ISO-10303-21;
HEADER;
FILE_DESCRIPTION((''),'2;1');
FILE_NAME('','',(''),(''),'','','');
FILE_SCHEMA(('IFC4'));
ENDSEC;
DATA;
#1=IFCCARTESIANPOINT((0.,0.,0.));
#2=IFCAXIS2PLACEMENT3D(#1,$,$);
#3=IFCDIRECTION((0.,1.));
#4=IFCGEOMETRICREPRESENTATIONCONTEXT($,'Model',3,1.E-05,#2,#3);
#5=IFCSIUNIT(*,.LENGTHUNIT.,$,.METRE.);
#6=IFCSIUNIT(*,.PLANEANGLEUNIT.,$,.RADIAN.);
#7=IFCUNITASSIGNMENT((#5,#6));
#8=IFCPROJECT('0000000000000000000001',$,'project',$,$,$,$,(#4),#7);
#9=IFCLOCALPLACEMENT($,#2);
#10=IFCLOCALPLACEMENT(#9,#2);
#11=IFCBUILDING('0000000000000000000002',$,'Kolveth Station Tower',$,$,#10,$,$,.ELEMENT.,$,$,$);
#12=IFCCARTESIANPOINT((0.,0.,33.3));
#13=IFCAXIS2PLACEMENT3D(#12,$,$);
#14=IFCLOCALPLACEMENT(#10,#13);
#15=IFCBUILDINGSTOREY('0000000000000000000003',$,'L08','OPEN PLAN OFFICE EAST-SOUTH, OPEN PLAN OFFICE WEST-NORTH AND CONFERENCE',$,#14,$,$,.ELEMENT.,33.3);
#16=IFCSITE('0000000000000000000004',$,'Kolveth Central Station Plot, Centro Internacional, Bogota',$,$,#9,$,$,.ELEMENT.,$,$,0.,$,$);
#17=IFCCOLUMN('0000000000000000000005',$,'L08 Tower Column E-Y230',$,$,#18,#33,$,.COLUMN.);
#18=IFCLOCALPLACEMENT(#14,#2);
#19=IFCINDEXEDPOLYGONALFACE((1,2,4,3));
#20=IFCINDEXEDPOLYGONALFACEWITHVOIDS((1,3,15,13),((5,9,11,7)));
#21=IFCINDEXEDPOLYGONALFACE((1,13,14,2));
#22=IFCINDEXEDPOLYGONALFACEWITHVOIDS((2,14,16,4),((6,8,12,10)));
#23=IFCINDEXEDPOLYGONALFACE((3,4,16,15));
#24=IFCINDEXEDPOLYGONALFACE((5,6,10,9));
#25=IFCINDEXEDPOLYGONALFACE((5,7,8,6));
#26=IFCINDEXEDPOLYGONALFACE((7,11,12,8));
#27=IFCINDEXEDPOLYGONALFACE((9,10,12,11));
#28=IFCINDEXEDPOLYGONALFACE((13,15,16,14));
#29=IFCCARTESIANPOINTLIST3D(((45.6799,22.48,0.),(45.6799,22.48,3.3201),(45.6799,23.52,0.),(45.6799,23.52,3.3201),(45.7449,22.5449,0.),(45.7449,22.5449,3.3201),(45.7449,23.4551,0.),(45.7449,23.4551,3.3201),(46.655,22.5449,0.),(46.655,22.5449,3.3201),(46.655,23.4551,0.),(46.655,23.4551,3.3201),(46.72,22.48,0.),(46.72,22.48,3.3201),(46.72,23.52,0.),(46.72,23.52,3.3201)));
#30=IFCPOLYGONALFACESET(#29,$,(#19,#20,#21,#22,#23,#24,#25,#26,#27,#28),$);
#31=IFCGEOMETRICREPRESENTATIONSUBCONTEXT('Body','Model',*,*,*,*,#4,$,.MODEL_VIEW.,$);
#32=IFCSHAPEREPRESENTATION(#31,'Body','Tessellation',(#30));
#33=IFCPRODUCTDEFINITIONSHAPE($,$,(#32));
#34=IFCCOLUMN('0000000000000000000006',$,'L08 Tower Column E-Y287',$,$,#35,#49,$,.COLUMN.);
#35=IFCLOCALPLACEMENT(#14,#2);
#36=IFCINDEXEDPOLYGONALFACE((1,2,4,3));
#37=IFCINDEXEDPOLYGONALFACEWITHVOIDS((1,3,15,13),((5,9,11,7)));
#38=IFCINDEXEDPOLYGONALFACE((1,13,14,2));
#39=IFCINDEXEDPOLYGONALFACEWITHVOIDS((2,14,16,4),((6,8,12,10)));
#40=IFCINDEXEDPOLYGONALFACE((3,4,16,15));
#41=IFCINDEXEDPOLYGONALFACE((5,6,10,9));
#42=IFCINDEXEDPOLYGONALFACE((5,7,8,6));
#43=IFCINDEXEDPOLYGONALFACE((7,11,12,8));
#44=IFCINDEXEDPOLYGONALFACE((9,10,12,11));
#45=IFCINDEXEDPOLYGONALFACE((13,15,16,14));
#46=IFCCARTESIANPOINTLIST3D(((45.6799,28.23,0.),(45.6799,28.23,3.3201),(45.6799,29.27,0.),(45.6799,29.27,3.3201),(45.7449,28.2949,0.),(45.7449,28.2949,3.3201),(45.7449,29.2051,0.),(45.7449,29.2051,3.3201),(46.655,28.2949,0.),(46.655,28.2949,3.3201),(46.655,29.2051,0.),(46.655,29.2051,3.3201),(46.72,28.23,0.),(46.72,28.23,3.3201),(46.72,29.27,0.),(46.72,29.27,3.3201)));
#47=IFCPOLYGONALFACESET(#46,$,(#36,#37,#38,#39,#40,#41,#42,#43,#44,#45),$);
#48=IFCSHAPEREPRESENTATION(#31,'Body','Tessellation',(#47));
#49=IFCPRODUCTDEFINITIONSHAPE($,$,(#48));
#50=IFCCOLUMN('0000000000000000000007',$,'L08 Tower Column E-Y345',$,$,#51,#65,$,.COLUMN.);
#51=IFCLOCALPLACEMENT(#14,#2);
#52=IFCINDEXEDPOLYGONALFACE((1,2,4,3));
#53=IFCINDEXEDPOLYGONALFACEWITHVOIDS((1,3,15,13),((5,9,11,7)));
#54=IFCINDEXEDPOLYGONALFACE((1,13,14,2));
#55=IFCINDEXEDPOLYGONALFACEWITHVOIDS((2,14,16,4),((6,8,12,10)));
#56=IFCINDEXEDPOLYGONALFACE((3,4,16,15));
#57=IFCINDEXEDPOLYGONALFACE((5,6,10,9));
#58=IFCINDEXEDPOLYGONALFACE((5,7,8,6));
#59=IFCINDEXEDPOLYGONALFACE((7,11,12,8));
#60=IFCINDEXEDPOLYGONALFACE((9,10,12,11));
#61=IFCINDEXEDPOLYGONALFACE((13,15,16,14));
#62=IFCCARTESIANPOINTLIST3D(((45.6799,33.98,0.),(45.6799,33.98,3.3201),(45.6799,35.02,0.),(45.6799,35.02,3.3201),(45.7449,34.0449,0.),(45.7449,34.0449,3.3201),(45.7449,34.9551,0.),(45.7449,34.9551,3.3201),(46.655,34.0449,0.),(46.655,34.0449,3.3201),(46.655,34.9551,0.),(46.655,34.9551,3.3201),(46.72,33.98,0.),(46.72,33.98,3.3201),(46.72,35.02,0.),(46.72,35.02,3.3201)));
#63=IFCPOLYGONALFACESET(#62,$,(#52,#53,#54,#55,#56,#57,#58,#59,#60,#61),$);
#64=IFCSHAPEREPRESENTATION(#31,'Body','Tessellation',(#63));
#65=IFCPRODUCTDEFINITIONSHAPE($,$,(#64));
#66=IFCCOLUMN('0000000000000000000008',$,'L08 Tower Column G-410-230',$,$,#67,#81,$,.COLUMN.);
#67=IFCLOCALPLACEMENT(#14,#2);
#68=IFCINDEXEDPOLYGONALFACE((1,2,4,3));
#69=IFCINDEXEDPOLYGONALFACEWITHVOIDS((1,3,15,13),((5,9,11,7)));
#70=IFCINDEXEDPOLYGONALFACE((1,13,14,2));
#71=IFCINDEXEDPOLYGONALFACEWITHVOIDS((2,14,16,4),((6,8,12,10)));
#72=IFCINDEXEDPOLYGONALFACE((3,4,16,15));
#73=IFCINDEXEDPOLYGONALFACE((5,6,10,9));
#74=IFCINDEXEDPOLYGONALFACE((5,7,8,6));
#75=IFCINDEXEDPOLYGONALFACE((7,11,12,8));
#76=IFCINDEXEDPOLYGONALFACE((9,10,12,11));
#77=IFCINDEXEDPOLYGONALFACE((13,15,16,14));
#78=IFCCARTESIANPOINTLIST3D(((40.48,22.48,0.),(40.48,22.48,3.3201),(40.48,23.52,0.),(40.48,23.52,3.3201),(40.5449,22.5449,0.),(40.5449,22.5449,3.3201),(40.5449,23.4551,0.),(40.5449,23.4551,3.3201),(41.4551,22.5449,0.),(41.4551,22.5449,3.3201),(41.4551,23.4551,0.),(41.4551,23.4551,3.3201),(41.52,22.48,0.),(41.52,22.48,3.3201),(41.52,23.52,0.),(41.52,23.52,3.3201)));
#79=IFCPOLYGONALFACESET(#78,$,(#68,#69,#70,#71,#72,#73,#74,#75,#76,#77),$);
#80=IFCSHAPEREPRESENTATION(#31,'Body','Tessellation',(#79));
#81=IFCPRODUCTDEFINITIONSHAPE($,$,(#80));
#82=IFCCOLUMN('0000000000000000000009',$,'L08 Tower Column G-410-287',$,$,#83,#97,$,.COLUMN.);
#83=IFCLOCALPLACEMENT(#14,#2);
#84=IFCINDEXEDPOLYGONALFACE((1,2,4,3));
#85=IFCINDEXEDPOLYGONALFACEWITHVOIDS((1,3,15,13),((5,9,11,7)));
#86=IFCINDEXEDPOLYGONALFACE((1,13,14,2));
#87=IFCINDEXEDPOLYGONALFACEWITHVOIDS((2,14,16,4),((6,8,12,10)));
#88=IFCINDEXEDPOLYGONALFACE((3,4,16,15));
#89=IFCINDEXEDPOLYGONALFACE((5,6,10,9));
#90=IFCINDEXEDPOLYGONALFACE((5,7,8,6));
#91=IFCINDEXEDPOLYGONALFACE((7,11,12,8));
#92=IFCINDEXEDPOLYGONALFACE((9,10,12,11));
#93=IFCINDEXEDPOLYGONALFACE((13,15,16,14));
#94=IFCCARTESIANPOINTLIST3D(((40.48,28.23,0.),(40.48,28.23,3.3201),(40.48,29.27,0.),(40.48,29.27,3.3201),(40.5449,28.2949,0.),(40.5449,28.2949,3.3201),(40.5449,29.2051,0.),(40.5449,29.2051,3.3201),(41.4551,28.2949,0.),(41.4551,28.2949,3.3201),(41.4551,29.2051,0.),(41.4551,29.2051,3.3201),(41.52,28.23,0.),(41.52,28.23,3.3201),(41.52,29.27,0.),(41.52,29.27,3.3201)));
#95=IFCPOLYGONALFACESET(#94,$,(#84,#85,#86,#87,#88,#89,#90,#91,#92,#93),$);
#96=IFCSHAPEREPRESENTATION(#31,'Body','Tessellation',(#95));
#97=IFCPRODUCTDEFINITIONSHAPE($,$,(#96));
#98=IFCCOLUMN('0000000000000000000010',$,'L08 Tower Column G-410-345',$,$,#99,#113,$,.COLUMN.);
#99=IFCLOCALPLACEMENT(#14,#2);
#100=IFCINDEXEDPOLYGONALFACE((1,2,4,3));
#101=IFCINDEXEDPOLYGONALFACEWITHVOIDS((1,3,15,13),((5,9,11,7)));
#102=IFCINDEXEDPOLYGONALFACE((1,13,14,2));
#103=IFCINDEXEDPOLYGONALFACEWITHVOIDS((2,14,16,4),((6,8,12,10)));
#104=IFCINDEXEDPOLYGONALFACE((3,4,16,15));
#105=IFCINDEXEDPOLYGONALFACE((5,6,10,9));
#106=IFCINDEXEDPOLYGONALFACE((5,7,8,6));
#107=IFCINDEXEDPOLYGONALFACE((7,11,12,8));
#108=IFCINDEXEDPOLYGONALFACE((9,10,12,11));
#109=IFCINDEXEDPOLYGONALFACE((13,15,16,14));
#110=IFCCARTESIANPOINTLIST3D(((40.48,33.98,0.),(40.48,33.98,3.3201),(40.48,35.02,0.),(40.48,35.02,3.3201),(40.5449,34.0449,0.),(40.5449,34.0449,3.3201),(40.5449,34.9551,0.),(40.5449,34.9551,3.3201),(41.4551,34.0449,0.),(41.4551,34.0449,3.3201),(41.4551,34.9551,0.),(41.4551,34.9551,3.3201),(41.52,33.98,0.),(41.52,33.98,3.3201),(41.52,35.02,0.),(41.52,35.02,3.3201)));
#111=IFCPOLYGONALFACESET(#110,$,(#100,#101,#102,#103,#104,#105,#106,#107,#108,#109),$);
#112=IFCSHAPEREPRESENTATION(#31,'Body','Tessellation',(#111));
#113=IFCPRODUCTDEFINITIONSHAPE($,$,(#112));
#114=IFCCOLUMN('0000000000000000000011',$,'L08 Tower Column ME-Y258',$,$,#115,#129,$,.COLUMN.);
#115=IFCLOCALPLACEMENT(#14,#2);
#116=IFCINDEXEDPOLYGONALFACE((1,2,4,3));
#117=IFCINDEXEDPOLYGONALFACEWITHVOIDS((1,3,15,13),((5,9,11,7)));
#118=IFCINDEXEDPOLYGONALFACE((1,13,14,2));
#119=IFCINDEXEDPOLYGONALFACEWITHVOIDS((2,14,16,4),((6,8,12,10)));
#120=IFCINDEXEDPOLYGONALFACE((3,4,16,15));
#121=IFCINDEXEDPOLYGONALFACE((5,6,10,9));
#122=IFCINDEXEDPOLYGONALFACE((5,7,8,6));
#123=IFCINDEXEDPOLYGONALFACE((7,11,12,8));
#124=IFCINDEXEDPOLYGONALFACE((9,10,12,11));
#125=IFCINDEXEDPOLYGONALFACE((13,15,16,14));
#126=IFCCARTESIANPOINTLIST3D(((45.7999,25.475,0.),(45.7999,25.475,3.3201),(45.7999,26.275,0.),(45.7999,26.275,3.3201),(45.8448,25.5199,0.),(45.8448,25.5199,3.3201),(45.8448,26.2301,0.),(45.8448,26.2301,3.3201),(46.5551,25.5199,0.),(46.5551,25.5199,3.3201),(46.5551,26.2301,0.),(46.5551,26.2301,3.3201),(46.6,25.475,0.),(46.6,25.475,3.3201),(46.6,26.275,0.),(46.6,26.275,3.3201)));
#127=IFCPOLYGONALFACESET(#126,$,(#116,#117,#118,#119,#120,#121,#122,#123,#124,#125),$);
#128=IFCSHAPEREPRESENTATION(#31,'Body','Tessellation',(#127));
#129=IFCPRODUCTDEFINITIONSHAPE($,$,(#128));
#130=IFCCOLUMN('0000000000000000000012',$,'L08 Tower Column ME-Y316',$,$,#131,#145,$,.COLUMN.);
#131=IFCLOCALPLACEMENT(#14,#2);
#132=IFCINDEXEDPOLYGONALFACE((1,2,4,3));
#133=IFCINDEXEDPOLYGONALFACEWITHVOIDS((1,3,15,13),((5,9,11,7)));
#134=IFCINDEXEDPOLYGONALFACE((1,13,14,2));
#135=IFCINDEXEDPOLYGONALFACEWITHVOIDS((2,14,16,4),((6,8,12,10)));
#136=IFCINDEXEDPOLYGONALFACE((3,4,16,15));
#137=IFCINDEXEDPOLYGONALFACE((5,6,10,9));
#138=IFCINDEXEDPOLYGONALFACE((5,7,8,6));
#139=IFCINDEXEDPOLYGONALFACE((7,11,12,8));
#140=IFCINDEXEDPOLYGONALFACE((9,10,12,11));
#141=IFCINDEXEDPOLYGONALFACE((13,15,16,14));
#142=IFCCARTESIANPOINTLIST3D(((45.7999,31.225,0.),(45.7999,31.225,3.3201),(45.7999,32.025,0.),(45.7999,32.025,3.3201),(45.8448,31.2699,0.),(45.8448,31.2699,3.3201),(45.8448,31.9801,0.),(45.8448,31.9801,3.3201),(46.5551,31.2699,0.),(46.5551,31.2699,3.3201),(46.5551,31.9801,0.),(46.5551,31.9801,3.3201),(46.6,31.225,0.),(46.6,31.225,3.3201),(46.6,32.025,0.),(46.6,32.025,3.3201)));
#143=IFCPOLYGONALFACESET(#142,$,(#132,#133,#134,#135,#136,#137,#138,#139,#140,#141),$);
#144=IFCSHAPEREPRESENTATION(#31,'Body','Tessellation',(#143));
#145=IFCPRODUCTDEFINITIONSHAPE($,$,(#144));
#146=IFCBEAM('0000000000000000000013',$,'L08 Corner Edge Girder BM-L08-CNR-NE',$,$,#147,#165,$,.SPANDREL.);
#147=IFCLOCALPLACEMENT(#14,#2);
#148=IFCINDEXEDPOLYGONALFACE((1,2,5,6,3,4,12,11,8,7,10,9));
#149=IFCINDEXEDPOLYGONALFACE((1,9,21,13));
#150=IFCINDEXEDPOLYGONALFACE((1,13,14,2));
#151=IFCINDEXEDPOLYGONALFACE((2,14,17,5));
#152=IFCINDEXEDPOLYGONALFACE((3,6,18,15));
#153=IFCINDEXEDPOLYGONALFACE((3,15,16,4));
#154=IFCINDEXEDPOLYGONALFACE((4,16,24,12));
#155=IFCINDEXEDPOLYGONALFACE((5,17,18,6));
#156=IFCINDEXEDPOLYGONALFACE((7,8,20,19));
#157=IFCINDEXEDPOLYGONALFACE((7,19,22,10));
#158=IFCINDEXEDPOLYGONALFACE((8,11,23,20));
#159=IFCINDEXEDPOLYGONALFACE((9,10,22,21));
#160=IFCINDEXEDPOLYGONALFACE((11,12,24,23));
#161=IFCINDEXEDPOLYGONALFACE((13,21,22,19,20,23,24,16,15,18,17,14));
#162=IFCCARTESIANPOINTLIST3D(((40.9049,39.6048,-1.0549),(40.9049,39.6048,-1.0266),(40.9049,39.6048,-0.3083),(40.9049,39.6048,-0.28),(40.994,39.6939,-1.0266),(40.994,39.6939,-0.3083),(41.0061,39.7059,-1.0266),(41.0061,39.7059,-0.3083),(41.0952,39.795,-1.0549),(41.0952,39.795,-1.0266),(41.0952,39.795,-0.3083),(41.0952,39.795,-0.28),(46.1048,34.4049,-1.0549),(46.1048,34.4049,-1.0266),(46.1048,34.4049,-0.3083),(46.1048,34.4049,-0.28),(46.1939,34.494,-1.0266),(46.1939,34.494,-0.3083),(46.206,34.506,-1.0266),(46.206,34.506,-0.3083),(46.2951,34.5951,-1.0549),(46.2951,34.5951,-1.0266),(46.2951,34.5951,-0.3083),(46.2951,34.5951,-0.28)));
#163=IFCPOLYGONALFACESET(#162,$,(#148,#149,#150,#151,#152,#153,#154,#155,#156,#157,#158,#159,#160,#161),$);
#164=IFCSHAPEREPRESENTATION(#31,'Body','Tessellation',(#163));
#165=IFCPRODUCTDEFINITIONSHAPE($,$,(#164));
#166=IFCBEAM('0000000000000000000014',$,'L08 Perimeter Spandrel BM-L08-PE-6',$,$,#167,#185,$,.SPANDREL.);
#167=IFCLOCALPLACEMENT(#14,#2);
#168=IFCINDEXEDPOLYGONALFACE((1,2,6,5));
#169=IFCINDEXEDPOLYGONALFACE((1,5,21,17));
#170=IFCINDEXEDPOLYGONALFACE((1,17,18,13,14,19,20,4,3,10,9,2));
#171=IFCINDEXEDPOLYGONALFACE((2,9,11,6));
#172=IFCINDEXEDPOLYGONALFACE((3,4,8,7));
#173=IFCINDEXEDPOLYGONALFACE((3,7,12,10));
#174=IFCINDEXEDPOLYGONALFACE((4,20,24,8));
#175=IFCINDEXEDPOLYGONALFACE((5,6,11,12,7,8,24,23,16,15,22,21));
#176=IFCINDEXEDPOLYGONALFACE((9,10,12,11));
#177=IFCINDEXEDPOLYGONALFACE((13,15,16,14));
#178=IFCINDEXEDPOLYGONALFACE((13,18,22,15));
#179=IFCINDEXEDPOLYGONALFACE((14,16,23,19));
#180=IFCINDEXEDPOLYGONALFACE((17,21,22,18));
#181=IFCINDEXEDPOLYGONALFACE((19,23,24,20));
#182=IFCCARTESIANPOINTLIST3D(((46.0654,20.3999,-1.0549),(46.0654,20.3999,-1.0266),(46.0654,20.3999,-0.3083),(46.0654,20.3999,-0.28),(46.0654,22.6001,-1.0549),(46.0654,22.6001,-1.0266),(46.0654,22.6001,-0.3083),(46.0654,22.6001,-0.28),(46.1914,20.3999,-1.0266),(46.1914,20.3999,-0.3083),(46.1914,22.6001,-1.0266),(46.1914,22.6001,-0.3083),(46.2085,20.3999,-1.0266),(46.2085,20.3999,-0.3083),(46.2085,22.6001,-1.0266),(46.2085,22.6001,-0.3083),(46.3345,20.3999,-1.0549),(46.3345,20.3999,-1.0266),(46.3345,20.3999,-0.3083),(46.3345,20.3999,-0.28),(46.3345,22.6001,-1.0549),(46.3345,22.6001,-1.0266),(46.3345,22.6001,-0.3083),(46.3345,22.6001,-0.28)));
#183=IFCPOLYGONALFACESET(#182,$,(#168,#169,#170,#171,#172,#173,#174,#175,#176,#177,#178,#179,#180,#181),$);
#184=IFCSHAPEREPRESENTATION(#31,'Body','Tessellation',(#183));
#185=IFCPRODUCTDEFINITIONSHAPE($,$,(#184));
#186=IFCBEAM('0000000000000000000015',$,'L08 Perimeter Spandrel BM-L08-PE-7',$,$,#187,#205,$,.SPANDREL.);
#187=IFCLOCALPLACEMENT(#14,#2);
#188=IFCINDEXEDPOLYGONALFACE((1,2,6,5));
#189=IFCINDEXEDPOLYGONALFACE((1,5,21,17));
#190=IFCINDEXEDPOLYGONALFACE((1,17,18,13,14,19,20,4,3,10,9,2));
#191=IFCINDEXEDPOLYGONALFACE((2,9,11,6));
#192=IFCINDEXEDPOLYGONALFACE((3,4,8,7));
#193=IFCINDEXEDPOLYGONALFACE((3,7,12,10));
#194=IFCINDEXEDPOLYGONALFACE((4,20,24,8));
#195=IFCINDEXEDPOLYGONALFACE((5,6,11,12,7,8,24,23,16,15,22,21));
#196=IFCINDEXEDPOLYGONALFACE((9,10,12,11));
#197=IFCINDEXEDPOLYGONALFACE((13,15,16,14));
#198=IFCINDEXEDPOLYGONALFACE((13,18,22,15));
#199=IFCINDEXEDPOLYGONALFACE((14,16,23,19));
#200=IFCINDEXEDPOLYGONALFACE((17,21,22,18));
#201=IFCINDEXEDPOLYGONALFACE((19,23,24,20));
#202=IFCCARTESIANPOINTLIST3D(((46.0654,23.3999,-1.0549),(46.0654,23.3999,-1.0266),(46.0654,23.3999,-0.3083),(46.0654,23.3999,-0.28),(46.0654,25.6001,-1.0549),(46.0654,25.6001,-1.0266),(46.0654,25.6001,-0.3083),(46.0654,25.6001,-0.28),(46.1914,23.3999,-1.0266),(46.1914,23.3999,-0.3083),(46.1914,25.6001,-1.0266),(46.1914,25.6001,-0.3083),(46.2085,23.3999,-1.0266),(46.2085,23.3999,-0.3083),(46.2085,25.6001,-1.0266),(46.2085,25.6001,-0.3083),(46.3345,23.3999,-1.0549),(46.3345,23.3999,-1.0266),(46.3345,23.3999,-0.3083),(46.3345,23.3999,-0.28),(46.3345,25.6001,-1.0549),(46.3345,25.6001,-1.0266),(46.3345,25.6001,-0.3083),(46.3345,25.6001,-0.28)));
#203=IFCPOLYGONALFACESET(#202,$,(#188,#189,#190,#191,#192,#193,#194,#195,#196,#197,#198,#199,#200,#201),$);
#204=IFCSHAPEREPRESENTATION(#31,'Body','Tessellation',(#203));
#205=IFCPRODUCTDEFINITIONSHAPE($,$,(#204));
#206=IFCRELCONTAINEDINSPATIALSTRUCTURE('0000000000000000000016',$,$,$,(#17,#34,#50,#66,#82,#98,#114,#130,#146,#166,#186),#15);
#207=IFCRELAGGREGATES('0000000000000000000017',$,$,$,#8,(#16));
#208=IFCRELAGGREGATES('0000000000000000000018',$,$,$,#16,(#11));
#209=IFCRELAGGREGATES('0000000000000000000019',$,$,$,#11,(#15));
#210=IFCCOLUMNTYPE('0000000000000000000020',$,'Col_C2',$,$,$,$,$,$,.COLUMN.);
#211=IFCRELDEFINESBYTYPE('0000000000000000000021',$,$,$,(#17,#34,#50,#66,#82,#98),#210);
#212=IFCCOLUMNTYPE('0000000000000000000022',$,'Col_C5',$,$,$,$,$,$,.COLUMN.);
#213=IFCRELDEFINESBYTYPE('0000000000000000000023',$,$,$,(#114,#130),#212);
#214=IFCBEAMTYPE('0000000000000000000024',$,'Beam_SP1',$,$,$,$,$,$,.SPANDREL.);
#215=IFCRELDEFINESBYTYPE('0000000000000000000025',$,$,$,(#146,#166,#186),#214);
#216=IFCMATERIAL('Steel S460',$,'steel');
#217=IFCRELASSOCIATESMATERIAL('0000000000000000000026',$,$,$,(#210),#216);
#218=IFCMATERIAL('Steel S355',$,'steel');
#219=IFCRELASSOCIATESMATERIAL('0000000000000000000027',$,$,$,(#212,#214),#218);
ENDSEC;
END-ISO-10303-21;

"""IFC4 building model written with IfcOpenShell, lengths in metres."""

from ifc_helpers import new_model, si_unit, direction, frame, origin, origin_2d, place, context, subcontext, project, spatial, hollow_rectangle, i_section, extrude, source, transform, mapped, material, material_profile, profile_set, type_object, element, save


model = new_model("IFC4")

# Units and contexts
model_context = context("Model", 3, precision=1e-05, world=origin(), true_north=direction((0.0, 1.0)))
body_context = subcontext(model_context, "Body", "Model", "MODEL_VIEW")
ifc_project = project(units=[si_unit("LENGTHUNIT", "METRE"), si_unit("PLANEANGLEUNIT", "RADIAN")], contexts=[model_context])

# Site, building, storey
site_placement = place(None, origin())
site = spatial("IfcSite", under=ifc_project, at=site_placement, Name="Kolveth Central Station Plot, Centro Internacional, Bogota", CompositionType="ELEMENT", RefElevation=0.0)
building_placement = place(site_placement, origin())
building = spatial("IfcBuilding", under=site, at=building_placement, Name="Kolveth Station Tower", CompositionType="ELEMENT")
storey_placement = place(building_placement, frame((0.0, 0.0, 33.3)))
storey = spatial("IfcBuildingStorey", under=building, at=storey_placement, Name="L08", Description="OPEN PLAN OFFICE EAST-SOUTH, OPEN PLAN OFFICE WEST-NORTH AND CONFERENCE", CompositionType="ELEMENT", Elevation=33.3)

# Columns
ifc_material_1 = material(Name="Steel S460", Category="steel")
ifc_material_profile_1 = material_profile(ifc_material_1, hollow_rectangle(XDim=1.04, YDim=1.04, WallThickness=0.0649, at=origin_2d()), Name="BOX1040x1040x65")
ifc_profile_set_1 = profile_set([ifc_material_profile_1], Name="Steel S460")
column_type_1 = type_object("IfcColumnType", Name="Col_C2", PredefinedType="COLUMN", material=ifc_profile_set_1)
shared_shape_1 = source(origin(), body_context, "Body", "SweptSolid", [
    extrude(hollow_rectangle(XDim=1.04, YDim=1.04, WallThickness=0.0649, at=origin_2d()), origin(), (0.0, 0.0, 1.0), 3.3201),
])
for number, where, z_axis, x_axis, name in (
    (1, (46.2, 23.0, 0.0), (0.0, 0.0, 1.0), (1.0, 0.0, 0.0), "L08 Tower Column E-Y230"),
    (2, (46.2, 28.75, 0.0), (0.0, 0.0, 1.0), (1.0, 0.0, 0.0), "L08 Tower Column E-Y287"),
    (3, (46.2, 34.5, 0.0), (0.0, 0.0, 1.0), (1.0, 0.0, 0.0), "L08 Tower Column E-Y345"),
    (4, (41.0, 23.0, 0.0), (0.0, 0.0, 1.0), (1.0, 0.0, 0.0), "L08 Tower Column G-410-230"),
    (5, (41.0, 28.75, 0.0), (0.0, 0.0, 1.0), (1.0, 0.0, 0.0), "L08 Tower Column G-410-287"),
    (6, (41.0, 34.5, 0.0), (0.0, 0.0, 1.0), (1.0, 0.0, 0.0), "L08 Tower Column G-410-345"),
):
    element("IfcColumn", number, at=place(storey_placement, frame(where, z_axis=z_axis, x_axis=x_axis)), inside=storey, type_object=column_type_1, Name=name, PredefinedType="COLUMN", context=body_context, shape_type="MappedRepresentation", body=[
        mapped(shared_shape_1, transform((0.0, 0.0, 0.0), x_axis=(1.0, 0.0, 0.0), y_axis=(0.0, 1.0, 0.0), z_axis=(0.0, 0.0, 1.0), scale=1.0)),
    ])
ifc_material_2 = material(Name="Steel S355", Category="steel")
ifc_material_profile_2 = material_profile(ifc_material_2, hollow_rectangle(XDim=0.8, YDim=0.8, WallThickness=0.0449, at=origin_2d()), Name="BOX800x800x45")
ifc_profile_set_2 = profile_set([ifc_material_profile_2], Name="Steel S355")
column_type_2 = type_object("IfcColumnType", Name="Col_C5", PredefinedType="COLUMN", material=ifc_profile_set_2)
shared_shape_2 = source(origin(), body_context, "Body", "SweptSolid", [
    extrude(hollow_rectangle(XDim=0.8, YDim=0.8, WallThickness=0.0449, at=origin_2d()), origin(), (0.0, 0.0, 1.0), 3.3201),
])
for number, where, z_axis, x_axis, name in (
    (7, (46.2, 25.875, 0.0), (0.0, 0.0, 1.0), (1.0, 0.0, 0.0), "L08 Tower Column ME-Y258"),
    (8, (46.2, 31.625, 0.0), (0.0, 0.0, 1.0), (1.0, 0.0, 0.0), "L08 Tower Column ME-Y316"),
):
    element("IfcColumn", number, at=place(storey_placement, frame(where, z_axis=z_axis, x_axis=x_axis)), inside=storey, type_object=column_type_2, Name=name, PredefinedType="COLUMN", context=body_context, shape_type="MappedRepresentation", body=[
        mapped(shared_shape_2, transform((0.0, 0.0, 0.0), x_axis=(1.0, 0.0, 0.0), y_axis=(0.0, 1.0, 0.0), z_axis=(0.0, 0.0, 1.0), scale=1.0)),
    ])

# Beams
ifc_material_profile_3 = material_profile(ifc_material_2, i_section(OverallWidth=0.269, OverallDepth=0.7749, WebThickness=0.0171, FlangeThickness=0.0283, at=origin_2d()), Name="W760x220")
ifc_profile_set_3 = profile_set([ifc_material_profile_3], Name="Steel S355")
beam_type_1 = type_object("IfcBeamType", Name="Beam_SP1", PredefinedType="SPANDREL", material=ifc_profile_set_3)
shared_shape_3 = source(origin(), body_context, "Body", "SweptSolid", [
    extrude(i_section(OverallWidth=0.269, OverallDepth=0.7749, WebThickness=0.0171, FlangeThickness=0.0283, at=origin_2d()), origin(), (0.0, 0.0, 1.0), 7.3538),
])
beam_placement = place(storey_placement, frame((46.2, 34.5, -0.6675), z_axis=(-0.707107, 0.707107, 0.0), x_axis=(-0.707107, -0.707107, 0.0)))
element("IfcBeam", 9, at=beam_placement, inside=storey, type_object=beam_type_1, Name="L08 Corner Edge Girder BM-L08-CNR-NE", PredefinedType="SPANDREL", context=body_context, shape_type="MappedRepresentation", body=[
    mapped(shared_shape_3, transform((0.0, 0.0, 0.0), x_axis=(1.0, 0.0, 0.0), y_axis=(0.0, 1.0, 0.0), z_axis=(0.0, 0.0, 1.0), scale=1.0)),
])
shared_shape_4 = source(origin(), body_context, "Body", "SweptSolid", [
    extrude(i_section(OverallWidth=0.269, OverallDepth=0.7749, WebThickness=0.0171, FlangeThickness=0.0283, at=origin_2d()), origin(), (0.0, 0.0, 1.0), 2.2002),
])
for number, where, z_axis, x_axis, name in (
    (10, (46.2, 20.3999, -0.6675), (0.0, 1.0, 0.0), (-1.0, 0.0, 0.0), "L08 Perimeter Spandrel BM-L08-PE-6"),
    (11, (46.2, 23.3999, -0.6675), (0.0, 1.0, 0.0), (-1.0, 0.0, 0.0), "L08 Perimeter Spandrel BM-L08-PE-7"),
):
    element("IfcBeam", number, at=place(storey_placement, frame(where, z_axis=z_axis, x_axis=x_axis)), inside=storey, type_object=beam_type_1, Name=name, PredefinedType="SPANDREL", context=body_context, shape_type="MappedRepresentation", body=[
        mapped(shared_shape_4, transform((0.0, 0.0, 0.0), x_axis=(1.0, 0.0, 0.0), y_axis=(0.0, 1.0, 0.0), z_axis=(0.0, 0.0, 1.0), scale=1.0)),
    ])

save(model, "model.ifc")
